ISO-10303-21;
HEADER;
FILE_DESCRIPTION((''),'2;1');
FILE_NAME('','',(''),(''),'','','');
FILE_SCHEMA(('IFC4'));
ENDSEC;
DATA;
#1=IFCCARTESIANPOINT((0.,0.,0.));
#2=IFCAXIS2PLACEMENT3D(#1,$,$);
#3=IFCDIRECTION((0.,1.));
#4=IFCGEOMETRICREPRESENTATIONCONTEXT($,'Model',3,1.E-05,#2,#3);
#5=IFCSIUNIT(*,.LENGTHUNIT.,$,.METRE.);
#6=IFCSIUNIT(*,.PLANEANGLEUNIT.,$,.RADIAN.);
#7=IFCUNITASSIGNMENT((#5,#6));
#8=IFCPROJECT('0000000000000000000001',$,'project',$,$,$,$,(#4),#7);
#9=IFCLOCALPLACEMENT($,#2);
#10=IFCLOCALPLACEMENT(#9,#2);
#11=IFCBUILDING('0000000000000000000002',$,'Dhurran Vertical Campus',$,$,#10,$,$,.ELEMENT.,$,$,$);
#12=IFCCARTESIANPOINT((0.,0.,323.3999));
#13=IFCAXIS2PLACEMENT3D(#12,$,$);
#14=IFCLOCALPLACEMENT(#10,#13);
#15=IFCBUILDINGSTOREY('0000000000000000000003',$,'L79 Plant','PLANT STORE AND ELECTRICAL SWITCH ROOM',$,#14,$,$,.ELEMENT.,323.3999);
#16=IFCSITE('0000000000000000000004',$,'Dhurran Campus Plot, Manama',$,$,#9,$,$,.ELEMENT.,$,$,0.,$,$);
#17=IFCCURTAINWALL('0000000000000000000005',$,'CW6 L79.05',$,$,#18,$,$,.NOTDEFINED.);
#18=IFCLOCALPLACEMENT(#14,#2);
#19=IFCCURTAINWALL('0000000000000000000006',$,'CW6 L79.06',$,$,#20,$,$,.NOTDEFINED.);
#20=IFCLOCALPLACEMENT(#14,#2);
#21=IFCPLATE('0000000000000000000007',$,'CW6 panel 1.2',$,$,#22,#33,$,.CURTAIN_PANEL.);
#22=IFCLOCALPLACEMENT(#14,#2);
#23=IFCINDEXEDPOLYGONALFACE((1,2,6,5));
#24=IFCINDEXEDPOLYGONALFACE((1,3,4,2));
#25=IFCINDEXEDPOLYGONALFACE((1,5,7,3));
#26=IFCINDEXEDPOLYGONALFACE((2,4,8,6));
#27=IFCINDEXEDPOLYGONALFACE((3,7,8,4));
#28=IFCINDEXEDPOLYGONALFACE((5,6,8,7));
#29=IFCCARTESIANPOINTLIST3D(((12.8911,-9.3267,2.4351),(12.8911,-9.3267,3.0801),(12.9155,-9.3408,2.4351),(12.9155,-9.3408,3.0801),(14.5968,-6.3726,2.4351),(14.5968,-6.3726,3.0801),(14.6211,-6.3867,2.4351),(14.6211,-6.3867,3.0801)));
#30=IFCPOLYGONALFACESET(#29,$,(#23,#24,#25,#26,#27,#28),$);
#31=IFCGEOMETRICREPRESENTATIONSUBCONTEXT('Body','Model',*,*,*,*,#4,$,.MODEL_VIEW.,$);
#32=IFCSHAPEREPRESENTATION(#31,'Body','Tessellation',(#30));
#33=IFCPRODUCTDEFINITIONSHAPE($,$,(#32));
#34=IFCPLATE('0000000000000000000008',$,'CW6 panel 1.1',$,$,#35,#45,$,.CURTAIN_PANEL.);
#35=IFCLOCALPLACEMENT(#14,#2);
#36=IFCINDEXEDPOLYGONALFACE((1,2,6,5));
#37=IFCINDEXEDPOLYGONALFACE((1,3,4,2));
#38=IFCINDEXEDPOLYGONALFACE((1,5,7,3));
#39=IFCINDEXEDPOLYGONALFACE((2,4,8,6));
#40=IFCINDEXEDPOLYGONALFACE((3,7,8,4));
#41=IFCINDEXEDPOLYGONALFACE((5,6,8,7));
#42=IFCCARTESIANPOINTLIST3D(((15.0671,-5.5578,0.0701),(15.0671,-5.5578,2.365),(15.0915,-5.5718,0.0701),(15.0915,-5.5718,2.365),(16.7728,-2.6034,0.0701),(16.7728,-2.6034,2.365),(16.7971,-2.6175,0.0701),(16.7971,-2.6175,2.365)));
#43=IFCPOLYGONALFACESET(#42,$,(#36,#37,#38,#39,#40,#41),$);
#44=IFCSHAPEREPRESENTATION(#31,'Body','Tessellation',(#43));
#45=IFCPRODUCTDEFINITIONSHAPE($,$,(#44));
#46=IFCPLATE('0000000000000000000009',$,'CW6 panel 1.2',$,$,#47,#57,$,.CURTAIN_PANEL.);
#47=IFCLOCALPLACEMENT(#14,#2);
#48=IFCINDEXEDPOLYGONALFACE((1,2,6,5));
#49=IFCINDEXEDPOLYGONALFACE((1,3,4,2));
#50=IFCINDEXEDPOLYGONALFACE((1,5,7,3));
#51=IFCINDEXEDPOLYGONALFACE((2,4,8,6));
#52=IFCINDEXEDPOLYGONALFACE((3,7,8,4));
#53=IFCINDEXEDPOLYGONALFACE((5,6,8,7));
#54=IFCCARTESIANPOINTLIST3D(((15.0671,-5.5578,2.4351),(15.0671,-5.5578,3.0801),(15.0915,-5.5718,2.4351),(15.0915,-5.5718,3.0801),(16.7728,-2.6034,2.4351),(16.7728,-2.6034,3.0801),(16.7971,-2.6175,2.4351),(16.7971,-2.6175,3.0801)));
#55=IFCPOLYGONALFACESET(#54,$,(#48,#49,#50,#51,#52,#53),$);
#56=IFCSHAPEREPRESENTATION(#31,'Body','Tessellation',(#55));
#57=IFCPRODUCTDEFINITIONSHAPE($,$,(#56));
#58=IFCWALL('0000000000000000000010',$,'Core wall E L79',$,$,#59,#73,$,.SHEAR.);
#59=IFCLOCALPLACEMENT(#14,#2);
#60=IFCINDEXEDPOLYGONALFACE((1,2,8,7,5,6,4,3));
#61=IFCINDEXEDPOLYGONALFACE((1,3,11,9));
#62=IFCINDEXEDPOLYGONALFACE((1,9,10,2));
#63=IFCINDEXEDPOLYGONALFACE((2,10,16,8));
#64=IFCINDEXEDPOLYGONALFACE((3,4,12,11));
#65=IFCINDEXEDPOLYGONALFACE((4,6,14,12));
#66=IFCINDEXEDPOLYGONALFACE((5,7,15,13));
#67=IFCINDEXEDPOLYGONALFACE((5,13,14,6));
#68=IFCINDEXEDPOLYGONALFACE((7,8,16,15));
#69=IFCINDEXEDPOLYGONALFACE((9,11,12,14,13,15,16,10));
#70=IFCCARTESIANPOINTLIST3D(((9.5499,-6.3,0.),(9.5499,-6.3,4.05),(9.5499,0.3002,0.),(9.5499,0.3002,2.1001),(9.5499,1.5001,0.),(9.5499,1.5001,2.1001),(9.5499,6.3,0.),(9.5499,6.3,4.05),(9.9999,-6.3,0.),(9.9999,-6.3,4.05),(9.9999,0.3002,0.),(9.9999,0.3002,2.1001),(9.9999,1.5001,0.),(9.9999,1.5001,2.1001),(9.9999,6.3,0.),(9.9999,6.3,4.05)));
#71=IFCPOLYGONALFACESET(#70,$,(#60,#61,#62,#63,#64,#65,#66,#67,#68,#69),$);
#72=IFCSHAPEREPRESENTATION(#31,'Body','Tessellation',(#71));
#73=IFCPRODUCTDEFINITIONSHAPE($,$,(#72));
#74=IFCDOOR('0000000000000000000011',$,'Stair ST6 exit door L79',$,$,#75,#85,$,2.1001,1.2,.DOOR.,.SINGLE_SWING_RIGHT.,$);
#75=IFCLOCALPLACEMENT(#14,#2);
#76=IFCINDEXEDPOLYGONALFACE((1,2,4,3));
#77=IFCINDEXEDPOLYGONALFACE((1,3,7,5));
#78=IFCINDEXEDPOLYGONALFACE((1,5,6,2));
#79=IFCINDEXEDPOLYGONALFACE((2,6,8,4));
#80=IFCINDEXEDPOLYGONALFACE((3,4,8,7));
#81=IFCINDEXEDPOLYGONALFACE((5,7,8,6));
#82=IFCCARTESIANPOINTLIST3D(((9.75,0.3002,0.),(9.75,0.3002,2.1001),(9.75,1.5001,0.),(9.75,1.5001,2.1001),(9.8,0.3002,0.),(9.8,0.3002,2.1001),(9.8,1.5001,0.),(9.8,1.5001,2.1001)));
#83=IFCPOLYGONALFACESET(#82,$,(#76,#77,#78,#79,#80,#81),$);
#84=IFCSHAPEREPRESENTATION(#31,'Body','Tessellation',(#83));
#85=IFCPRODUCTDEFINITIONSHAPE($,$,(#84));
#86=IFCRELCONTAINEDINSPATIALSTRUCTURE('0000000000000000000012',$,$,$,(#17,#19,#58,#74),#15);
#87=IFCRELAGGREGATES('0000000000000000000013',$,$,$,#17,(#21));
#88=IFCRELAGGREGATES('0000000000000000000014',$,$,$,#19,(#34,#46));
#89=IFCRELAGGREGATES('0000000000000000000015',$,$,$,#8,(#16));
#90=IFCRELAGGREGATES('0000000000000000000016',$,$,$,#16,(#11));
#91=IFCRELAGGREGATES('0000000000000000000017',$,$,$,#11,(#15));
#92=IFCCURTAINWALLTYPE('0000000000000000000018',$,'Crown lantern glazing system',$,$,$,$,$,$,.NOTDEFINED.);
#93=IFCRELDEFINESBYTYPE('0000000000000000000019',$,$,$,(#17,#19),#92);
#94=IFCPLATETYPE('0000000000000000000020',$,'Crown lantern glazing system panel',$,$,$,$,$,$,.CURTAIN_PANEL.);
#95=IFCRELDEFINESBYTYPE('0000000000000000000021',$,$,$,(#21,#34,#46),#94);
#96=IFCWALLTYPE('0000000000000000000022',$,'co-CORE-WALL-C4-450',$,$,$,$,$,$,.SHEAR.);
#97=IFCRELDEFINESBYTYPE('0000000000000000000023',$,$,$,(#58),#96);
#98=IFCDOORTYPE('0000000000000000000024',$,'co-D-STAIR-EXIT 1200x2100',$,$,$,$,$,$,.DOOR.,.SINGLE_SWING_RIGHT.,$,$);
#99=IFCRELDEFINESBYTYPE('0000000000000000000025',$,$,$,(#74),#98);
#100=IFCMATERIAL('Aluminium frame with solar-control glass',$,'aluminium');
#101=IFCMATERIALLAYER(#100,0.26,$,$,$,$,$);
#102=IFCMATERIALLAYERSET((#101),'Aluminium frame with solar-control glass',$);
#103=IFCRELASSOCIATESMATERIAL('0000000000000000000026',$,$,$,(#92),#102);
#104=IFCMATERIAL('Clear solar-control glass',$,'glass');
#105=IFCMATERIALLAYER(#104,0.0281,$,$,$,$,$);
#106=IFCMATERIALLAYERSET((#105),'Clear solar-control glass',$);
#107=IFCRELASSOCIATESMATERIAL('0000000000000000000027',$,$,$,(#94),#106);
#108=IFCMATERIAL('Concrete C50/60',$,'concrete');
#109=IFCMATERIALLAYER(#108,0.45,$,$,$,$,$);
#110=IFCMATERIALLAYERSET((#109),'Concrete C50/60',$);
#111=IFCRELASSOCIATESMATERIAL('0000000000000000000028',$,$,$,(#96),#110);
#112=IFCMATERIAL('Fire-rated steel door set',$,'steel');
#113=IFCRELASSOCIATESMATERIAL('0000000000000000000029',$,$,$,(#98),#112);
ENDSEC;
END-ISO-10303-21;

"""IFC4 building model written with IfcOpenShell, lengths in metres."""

from ifc_helpers import new_model, si_unit, direction, frame, frame_2d, origin, origin_2d, place, context, subcontext, project, spatial, rectangle, extrude, material, layer, layer_set, type_object, element, fill, aggregate, save


model = new_model("IFC4")

# Units and contexts
model_context = context("Model", 3, precision=1e-05, world=origin(), true_north=direction((0.0, 1.0)))
body_context = subcontext(model_context, "Body", "Model", "MODEL_VIEW")
ifc_project = project(units=[si_unit("LENGTHUNIT", "METRE"), si_unit("PLANEANGLEUNIT", "RADIAN")], contexts=[model_context])

# Site, building, storey
site_placement = place(None, origin())
site = spatial("IfcSite", under=ifc_project, at=site_placement, Name="Dhurran Campus Plot, Manama", CompositionType="ELEMENT", RefElevation=0.0)
building_placement = place(site_placement, origin())
building = spatial("IfcBuilding", under=site, at=building_placement, Name="Dhurran Vertical Campus", CompositionType="ELEMENT")
storey_placement = place(building_placement, frame((0.0, 0.0, 323.3999)))
storey = spatial("IfcBuildingStorey", under=building, at=storey_placement, Name="L79 Plant", Description="PLANT STORE AND ELECTRICAL SWITCH ROOM", CompositionType="ELEMENT", Elevation=323.3999)

# Curtain wall
ifc_material_1 = material(Name="Aluminium frame with solar-control glass", Category="aluminium")
ifc_layer_1 = layer(ifc_material_1, 0.26)
ifc_layer_set_1 = layer_set([ifc_layer_1], Name="Aluminium frame with solar-control glass")
curtain_wall_type = type_object("IfcCurtainWallType", Name="Crown lantern glazing system", PredefinedType="NOTDEFINED", material=ifc_layer_set_1)
curtain_wall_1_placement = place(storey_placement, origin())
curtain_wall_1 = element("IfcCurtainWall", 1, at=curtain_wall_1_placement, inside=storey, type_object=curtain_wall_type, Name="CW6 L79.05", PredefinedType="NOTDEFINED")

# Curtain wall
curtain_wall_2_placement = place(storey_placement, origin())
curtain_wall_2 = element("IfcCurtainWall", 2, at=curtain_wall_2_placement, inside=storey, type_object=curtain_wall_type, Name="CW6 L79.06", PredefinedType="NOTDEFINED")

# Plates
ifc_material_2 = material(Name="Clear solar-control glass", Category="glass")
ifc_layer_2 = layer(ifc_material_2, 0.0281)
ifc_layer_set_2 = layer_set([ifc_layer_2], Name="Clear solar-control glass")
plate_type = type_object("IfcPlateType", Name="Crown lantern glazing system panel", PredefinedType="CURTAIN_PANEL", material=ifc_layer_set_2)
plate_1_placement = place(storey_placement, frame((13.7561, -7.8567, 2.4351), z_axis=(0.0, 0.0, 1.0), x_axis=(0.500016, 0.866016, 0.0)))
plate_1 = element("IfcPlate", 3, at=plate_1_placement, type_object=plate_type, Name="CW6 panel 1.2", PredefinedType="CURTAIN_PANEL", context=body_context, shape_type="SweptSolid", body=[
    extrude(rectangle(XDim=3.4111, YDim=0.0281, at=origin_2d()), origin(), (0.0, 0.0, 1.0), 0.645),
])
aggregate(curtain_wall_1, [plate_1])
plate_2_placement = place(storey_placement, frame((15.9321, -4.0876, 0.0701), z_axis=(0.0, 0.0, 1.0), x_axis=(0.499991, 0.86603, 0.0)))
plate_2 = element("IfcPlate", 4, at=plate_2_placement, type_object=plate_type, Name="CW6 panel 1.1", PredefinedType="CURTAIN_PANEL", context=body_context, shape_type="SweptSolid", body=[
    extrude(rectangle(XDim=3.4114, YDim=0.0281, at=origin_2d()), origin(), (0.0, 0.0, 1.0), 2.2949),
])
plate_3_placement = place(storey_placement, frame((15.9321, -4.0876, 2.4351), z_axis=(0.0, 0.0, 1.0), x_axis=(0.499991, 0.86603, 0.0)))
plate_3 = element("IfcPlate", 5, at=plate_3_placement, type_object=plate_type, Name="CW6 panel 1.2", PredefinedType="CURTAIN_PANEL", context=body_context, shape_type="SweptSolid", body=[
    extrude(rectangle(XDim=3.4114, YDim=0.0281, at=origin_2d()), origin(), (0.0, 0.0, 1.0), 0.645),
])
aggregate(curtain_wall_2, [plate_2, plate_3])

# Wall, opening, door
ifc_material_3 = material(Name="Concrete C50/60", Category="concrete")
ifc_layer_3 = layer(ifc_material_3, 0.45)
ifc_layer_set_3 = layer_set([ifc_layer_3], Name="Concrete C50/60")
wall_type = type_object("IfcWallType", Name="co-CORE-WALL-C4-450", PredefinedType="SHEAR", material=ifc_layer_set_3)
wall_placement = place(storey_placement, frame((9.7749, -6.3, 0.0), z_axis=(0.0, 0.0, 1.0), x_axis=(0.0, 1.0, 0.0)))
wall = element("IfcWall", 6, at=wall_placement, inside=storey, type_object=wall_type, Name="Core wall E L79", PredefinedType="SHEAR", context=body_context, shape_type="SweptSolid", body=[
    extrude(rectangle(XDim=12.6001, YDim=0.45, at=frame_2d((6.3, 0.0))), origin(), (0.0, 0.0, 1.0), 4.05),
])
opening_placement = place(wall_placement, frame((6.6001, 0.0, 0.0)))
opening = element("IfcOpeningElement", 7, at=opening_placement, cuts=wall, PredefinedType="OPENING", context=body_context, shape_type="SweptSolid", body=[
    extrude(rectangle(XDim=1.2, YDim=2.1001, at=frame_2d((0.6001, 1.05))), frame((0.0, 0.2349, 0.0), z_axis=(0.0, -1.0, 0.0), x_axis=(1.0, 0.0, 0.0)), (0.0, 0.0, 1.0), 0.47),
])
ifc_material_4 = material(Name="Fire-rated steel door set", Category="steel")
door_type = type_object("IfcDoorType", Name="co-D-STAIR-EXIT 1200x2100", OperationType="SINGLE_SWING_RIGHT", PredefinedType="DOOR", material=ifc_material_4)
door_placement = place(opening_placement, origin())
door = element("IfcDoor", 8, at=door_placement, inside=storey, type_object=door_type, Name="Stair ST6 exit door L79", OperationType="SINGLE_SWING_RIGHT", OverallHeight=2.1001, OverallWidth=1.2, PredefinedType="DOOR", context=body_context, shape_type="SweptSolid", body=[
    extrude(rectangle(XDim=1.2, YDim=2.1001, at=frame_2d((0.6001, 1.05))), frame((0.0, 0.0249, 0.0), z_axis=(0.0, -1.0, 0.0), x_axis=(1.0, 0.0, 0.0)), (0.0, 0.0, 1.0), 0.05),
])
fill(opening, door)

save(model, "model.ifc")
